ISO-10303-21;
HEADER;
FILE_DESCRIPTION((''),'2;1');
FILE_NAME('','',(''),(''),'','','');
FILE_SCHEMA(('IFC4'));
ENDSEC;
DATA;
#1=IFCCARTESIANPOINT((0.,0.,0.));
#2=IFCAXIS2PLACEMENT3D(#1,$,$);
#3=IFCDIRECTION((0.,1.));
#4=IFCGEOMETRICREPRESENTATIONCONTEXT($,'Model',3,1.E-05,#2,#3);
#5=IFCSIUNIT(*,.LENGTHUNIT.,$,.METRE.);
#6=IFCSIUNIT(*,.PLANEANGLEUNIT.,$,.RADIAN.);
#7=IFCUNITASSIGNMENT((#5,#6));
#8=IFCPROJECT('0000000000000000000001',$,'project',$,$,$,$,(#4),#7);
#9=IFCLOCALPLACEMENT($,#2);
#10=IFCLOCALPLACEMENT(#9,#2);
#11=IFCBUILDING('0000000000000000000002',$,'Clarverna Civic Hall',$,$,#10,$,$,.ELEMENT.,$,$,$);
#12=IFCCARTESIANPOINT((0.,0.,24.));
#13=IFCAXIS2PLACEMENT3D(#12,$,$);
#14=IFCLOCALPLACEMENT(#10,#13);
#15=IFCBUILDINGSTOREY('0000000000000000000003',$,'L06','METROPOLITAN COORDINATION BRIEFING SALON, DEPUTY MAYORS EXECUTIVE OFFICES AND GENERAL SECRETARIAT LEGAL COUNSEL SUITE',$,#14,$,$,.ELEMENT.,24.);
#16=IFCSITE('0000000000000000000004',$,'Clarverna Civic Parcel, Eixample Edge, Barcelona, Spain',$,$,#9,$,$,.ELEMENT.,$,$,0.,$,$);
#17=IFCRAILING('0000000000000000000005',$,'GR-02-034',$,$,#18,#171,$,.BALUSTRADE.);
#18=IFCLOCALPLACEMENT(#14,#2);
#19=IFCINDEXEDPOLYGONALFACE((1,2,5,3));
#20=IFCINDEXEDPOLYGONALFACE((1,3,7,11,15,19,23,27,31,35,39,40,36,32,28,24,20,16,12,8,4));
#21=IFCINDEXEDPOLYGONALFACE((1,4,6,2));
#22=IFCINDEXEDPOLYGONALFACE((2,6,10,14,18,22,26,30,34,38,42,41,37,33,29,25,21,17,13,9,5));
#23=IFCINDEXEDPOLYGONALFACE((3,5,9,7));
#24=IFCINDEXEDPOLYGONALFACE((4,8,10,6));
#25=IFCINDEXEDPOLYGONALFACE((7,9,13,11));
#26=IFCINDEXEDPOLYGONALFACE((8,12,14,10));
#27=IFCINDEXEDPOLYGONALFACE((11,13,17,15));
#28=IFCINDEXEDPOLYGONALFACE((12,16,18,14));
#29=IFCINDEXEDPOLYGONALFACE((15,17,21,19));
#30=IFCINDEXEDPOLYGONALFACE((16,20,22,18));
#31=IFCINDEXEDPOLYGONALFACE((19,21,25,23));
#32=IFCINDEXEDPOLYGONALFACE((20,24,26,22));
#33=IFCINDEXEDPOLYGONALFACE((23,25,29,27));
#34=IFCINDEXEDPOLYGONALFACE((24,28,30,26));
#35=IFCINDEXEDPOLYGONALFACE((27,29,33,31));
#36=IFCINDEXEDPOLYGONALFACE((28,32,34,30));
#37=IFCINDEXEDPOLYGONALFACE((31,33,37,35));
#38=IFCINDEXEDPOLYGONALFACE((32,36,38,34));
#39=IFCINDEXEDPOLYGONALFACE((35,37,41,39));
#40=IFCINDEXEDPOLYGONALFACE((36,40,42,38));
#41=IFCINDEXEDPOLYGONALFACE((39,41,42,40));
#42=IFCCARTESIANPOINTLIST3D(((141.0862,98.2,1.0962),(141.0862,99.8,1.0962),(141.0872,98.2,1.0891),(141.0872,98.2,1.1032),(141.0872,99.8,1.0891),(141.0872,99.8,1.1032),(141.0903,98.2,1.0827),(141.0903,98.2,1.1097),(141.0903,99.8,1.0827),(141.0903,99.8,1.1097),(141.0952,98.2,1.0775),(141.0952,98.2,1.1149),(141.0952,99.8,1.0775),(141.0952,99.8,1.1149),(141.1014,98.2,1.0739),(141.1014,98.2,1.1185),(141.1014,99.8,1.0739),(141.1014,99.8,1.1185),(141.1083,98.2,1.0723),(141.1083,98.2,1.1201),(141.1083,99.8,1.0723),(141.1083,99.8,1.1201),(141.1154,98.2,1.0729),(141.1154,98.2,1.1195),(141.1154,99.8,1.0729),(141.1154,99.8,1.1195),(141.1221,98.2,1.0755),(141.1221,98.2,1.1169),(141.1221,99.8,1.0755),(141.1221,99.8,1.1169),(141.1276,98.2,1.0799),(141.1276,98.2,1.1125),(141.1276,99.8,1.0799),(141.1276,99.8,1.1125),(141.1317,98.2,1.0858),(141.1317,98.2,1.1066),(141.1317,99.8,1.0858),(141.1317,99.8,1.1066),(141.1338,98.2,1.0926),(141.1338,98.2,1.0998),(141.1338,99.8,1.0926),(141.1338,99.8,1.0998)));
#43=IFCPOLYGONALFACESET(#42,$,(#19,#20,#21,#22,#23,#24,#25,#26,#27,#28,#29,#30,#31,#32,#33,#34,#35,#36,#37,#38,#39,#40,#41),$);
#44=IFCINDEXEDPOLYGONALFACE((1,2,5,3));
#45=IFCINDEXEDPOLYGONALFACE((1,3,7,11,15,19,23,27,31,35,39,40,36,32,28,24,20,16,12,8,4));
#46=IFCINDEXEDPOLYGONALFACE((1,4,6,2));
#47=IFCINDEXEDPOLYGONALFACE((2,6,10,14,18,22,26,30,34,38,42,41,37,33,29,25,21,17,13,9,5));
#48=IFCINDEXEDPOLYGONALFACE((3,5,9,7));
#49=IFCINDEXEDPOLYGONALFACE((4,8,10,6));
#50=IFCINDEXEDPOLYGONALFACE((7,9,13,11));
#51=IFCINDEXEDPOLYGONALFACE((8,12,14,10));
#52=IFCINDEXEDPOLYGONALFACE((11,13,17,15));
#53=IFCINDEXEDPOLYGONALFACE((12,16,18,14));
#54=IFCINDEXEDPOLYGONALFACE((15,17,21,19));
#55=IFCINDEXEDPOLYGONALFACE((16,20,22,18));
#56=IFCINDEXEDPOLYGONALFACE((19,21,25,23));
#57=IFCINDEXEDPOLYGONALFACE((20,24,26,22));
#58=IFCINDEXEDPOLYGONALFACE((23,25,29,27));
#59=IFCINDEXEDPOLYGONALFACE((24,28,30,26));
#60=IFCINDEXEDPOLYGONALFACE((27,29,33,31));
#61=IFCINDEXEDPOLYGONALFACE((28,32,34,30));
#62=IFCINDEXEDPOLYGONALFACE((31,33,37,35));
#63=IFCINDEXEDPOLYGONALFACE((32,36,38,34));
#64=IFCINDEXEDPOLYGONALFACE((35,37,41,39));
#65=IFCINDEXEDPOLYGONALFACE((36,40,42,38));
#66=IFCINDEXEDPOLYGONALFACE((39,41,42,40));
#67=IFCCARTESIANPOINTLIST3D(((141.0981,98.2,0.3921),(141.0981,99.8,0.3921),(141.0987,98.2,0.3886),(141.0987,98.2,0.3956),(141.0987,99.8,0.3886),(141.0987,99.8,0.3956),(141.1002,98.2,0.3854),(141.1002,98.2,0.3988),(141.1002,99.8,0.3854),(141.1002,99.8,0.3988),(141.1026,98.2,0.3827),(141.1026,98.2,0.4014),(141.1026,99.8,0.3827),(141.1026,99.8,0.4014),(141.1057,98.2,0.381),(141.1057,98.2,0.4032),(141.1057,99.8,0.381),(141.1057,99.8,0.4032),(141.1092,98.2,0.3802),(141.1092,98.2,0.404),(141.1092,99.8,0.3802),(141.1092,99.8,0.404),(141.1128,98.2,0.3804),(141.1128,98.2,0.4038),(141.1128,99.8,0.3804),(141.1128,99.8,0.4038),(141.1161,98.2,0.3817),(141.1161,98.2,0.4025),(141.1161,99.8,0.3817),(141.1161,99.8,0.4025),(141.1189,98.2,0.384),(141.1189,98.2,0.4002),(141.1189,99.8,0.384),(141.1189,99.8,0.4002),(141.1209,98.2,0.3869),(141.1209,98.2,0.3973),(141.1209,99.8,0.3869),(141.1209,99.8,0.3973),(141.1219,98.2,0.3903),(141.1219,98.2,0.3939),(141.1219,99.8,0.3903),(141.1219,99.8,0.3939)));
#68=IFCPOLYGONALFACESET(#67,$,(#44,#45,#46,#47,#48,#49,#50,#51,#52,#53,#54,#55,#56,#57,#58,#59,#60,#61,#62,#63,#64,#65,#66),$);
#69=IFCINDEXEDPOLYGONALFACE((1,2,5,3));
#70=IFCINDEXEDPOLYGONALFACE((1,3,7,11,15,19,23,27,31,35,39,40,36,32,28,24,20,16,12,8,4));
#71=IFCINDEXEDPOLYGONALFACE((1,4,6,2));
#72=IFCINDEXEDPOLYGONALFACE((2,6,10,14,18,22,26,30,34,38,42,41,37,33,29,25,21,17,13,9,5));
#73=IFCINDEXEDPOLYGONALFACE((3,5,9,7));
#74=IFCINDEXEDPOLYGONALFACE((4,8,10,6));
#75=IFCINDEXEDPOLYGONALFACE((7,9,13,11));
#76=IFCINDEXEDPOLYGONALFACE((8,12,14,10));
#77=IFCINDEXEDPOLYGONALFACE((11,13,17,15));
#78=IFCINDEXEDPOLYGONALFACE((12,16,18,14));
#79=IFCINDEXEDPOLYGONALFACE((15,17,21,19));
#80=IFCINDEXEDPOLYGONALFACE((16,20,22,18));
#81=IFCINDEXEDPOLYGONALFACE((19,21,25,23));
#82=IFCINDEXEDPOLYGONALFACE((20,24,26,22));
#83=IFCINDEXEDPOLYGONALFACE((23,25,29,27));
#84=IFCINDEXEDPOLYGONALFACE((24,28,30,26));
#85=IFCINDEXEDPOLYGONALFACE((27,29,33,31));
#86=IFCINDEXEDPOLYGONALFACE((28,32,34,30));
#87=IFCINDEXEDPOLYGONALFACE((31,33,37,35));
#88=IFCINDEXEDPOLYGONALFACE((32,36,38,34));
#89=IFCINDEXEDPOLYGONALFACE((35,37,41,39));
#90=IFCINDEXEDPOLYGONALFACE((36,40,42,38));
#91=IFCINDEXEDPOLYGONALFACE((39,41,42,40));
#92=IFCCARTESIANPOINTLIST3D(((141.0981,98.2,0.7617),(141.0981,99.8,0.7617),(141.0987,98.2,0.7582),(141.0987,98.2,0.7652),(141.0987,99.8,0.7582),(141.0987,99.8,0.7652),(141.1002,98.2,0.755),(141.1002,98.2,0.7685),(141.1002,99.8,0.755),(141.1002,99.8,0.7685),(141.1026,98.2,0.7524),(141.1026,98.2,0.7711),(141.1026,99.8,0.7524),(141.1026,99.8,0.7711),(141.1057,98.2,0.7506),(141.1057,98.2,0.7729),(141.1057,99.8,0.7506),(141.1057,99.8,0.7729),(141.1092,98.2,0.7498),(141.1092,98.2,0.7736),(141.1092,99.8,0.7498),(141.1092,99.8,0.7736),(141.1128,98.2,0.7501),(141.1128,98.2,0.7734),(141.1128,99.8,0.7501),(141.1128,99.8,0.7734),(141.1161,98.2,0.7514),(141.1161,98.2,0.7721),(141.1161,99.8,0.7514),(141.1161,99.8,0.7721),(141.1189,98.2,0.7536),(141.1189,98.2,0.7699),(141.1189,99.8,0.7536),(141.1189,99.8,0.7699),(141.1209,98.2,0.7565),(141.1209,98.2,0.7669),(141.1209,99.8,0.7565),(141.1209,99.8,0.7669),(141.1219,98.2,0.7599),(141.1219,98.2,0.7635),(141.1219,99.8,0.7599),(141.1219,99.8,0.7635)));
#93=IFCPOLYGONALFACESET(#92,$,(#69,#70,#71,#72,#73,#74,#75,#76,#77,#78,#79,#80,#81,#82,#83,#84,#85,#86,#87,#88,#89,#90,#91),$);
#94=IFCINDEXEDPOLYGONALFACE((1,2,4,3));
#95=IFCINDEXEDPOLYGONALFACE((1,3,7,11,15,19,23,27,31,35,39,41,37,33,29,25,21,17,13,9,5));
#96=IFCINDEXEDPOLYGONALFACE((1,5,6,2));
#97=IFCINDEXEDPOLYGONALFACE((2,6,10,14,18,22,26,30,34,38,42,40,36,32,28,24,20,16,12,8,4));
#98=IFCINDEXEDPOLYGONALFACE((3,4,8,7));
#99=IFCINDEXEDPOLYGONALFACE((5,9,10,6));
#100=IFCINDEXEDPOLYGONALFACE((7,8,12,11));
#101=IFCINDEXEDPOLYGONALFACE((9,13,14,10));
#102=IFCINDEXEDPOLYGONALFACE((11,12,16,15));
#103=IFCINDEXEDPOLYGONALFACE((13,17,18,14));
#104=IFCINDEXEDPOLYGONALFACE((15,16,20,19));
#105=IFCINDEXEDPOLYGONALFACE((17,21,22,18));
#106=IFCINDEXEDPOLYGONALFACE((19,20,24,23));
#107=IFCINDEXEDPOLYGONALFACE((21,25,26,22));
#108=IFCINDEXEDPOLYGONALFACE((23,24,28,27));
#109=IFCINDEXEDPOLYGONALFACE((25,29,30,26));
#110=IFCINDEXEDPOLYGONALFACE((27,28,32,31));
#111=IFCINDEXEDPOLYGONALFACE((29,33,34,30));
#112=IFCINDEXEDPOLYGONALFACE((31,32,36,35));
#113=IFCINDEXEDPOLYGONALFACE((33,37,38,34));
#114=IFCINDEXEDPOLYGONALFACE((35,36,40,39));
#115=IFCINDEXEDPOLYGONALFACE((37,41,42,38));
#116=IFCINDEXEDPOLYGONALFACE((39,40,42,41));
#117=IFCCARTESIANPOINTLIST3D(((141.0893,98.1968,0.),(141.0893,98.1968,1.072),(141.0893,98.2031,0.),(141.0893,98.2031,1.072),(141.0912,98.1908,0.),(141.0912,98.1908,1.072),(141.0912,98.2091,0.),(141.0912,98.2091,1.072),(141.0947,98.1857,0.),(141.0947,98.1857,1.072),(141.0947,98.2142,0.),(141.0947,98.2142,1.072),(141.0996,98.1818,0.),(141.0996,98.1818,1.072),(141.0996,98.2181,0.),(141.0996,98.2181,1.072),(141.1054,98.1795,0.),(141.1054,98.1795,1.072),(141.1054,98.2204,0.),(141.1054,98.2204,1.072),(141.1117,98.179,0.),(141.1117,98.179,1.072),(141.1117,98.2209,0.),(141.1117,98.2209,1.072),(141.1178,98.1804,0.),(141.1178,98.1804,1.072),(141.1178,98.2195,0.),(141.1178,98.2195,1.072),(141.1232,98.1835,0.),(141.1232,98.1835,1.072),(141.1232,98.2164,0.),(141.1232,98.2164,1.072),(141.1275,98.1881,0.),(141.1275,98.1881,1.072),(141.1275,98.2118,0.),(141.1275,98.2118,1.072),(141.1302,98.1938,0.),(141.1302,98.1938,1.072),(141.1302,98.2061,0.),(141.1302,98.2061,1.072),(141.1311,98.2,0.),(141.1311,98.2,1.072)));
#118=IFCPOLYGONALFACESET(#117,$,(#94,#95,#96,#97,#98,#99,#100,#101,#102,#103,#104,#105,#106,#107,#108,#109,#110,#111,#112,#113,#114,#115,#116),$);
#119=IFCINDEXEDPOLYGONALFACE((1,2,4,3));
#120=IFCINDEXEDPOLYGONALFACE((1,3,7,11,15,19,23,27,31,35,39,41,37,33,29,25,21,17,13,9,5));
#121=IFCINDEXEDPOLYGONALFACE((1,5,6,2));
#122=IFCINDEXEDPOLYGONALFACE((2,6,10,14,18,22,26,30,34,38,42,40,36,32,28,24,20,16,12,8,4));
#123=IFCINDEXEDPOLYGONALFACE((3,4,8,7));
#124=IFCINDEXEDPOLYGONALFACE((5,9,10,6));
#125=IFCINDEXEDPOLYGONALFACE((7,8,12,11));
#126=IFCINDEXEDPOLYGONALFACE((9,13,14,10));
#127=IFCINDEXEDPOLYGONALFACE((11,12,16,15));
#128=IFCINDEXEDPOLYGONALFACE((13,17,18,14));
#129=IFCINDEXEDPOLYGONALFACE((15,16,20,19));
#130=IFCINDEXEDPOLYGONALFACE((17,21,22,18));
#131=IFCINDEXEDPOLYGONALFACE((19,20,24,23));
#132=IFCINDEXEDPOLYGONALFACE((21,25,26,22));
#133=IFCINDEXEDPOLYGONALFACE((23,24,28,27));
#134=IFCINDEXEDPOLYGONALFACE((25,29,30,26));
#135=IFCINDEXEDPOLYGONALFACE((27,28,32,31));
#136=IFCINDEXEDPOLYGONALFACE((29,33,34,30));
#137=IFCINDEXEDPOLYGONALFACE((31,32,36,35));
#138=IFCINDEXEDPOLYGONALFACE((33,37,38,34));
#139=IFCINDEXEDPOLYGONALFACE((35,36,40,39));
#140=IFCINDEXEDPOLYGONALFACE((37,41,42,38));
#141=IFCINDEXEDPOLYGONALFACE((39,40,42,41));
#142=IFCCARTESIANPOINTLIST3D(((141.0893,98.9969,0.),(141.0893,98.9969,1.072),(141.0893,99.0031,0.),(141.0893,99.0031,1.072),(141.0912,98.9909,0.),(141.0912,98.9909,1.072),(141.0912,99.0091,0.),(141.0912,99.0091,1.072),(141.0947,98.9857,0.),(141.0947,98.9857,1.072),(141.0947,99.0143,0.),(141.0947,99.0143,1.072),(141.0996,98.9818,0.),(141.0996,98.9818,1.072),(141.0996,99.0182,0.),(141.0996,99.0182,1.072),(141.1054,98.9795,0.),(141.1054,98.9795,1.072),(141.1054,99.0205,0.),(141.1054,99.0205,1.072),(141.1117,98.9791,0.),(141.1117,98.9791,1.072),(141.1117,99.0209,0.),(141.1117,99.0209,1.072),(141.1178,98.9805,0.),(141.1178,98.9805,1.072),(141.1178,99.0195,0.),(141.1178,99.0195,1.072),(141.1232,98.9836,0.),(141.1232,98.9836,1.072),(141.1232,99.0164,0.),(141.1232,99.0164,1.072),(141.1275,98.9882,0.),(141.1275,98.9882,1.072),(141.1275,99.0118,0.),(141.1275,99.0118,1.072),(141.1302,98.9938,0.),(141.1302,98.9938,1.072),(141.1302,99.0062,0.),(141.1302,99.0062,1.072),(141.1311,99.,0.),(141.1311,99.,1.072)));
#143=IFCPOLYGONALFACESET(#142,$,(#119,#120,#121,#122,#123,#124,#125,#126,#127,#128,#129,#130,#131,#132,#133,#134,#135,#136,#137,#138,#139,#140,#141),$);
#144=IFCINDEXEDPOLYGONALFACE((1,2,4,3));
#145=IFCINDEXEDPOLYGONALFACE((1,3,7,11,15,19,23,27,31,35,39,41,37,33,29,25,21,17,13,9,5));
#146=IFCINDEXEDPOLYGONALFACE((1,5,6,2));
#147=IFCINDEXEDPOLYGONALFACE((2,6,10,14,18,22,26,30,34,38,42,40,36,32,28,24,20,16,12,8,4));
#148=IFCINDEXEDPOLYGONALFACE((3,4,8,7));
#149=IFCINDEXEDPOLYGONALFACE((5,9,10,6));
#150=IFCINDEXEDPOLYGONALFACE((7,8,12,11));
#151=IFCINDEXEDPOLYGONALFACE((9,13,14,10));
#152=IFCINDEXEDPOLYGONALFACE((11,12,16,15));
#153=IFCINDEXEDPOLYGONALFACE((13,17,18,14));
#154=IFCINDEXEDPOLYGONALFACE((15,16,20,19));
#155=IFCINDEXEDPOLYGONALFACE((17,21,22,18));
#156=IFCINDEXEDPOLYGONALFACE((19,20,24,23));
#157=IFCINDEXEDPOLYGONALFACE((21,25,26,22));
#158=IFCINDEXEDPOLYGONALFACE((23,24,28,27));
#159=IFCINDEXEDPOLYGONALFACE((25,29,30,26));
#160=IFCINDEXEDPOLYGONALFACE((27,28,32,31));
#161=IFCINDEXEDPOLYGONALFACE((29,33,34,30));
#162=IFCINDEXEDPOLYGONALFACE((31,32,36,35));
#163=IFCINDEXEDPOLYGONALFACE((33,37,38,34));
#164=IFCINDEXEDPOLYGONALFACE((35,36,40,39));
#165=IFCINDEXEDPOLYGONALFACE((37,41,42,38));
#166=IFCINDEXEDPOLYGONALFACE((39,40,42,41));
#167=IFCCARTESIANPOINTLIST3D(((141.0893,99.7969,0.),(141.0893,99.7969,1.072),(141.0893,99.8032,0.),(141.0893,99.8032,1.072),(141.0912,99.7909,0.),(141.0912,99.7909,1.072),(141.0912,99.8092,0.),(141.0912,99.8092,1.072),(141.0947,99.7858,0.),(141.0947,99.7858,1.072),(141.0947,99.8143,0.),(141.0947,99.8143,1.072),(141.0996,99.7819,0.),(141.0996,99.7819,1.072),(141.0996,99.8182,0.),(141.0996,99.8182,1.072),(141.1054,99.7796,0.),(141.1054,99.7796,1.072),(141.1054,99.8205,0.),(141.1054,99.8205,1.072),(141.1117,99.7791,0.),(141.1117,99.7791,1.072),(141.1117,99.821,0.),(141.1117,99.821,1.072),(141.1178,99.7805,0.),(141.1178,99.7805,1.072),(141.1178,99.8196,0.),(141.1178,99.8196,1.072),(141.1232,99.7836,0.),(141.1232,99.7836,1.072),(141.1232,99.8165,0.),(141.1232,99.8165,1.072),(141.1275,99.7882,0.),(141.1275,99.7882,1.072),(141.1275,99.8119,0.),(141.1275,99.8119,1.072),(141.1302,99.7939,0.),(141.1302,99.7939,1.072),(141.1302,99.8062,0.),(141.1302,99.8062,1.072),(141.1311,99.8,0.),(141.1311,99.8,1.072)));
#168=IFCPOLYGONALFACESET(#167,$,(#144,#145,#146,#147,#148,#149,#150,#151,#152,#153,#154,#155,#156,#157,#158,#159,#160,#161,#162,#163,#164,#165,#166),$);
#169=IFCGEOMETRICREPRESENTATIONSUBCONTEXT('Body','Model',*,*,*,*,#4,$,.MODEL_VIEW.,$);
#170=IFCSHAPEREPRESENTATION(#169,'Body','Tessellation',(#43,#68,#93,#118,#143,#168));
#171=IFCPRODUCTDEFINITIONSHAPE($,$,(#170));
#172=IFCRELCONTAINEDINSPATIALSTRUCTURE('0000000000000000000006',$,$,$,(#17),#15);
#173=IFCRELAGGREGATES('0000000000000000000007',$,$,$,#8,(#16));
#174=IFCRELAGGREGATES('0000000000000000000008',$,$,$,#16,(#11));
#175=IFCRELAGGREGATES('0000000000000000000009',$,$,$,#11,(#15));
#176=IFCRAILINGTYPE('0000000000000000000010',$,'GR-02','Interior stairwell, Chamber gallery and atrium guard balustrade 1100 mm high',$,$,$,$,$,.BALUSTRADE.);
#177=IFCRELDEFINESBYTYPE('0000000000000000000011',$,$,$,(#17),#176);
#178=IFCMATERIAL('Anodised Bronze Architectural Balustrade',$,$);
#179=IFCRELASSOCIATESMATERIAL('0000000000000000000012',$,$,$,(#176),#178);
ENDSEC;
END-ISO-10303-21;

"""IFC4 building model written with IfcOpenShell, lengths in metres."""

from ifc_helpers import new_model, si_unit, direction, frame, origin, origin_2d, place, context, subcontext, project, spatial, circle, extrude, material, type_object, element, save


model = new_model("IFC4")

# Units and contexts
model_context = context("Model", 3, precision=1e-05, world=origin(), true_north=direction((0.0, 1.0)))
body_context = subcontext(model_context, "Body", "Model", "MODEL_VIEW")
ifc_project = project(units=[si_unit("LENGTHUNIT", "METRE"), si_unit("PLANEANGLEUNIT", "RADIAN")], contexts=[model_context])

# Site, building, storey
site_placement = place(None, origin())
site = spatial("IfcSite", under=ifc_project, at=site_placement, Name="Clarverna Civic Parcel, Eixample Edge, Barcelona, Spain", CompositionType="ELEMENT", RefElevation=0.0)
building_placement = place(site_placement, origin())
building = spatial("IfcBuilding", under=site, at=building_placement, Name="Clarverna Civic Hall", CompositionType="ELEMENT")
storey_placement = place(building_placement, frame((0.0, 0.0, 24.0)))
storey = spatial("IfcBuildingStorey", under=building, at=storey_placement, Name="L06", Description="METROPOLITAN COORDINATION BRIEFING SALON, DEPUTY MAYORS EXECUTIVE OFFICES AND GENERAL SECRETARIAT LEGAL COUNSEL SUITE", CompositionType="ELEMENT", Elevation=24.0)

# Railing
ifc_material_1 = material(Name="Anodised Bronze Architectural Balustrade")
railing_type_1 = type_object("IfcRailingType", Name="GR-02", Description="Interior stairwell, Chamber gallery and atrium guard balustrade 1100 mm high", PredefinedType="BALUSTRADE", material=ifc_material_1)
railing_1_placement = place(storey_placement, frame((141.1101, 98.2, 0.0)))
element("IfcRailing", 1, at=railing_1_placement, inside=storey, type_object=railing_type_1, Name="GR-02-034", PredefinedType="BALUSTRADE", context=body_context, shape_type="SweptSolid", body=[
    extrude(circle(Radius=0.0239, at=origin_2d()), frame((0.0, 0.0, 1.0962), z_axis=(0.0, 1.0, 0.0), x_axis=(-1.0, 0.0, 0.0)), (0.0, 0.0, 1.0), 1.6001),
    extrude(circle(Radius=0.012, at=origin_2d()), frame((0.0, 0.0, 0.3921), z_axis=(0.0, 1.0, 0.0), x_axis=(-1.0, 0.0, 0.0)), (0.0, 0.0, 1.0), 1.6001),
    extrude(circle(Radius=0.012, at=origin_2d()), frame((0.0, 0.0, 0.7617), z_axis=(0.0, 1.0, 0.0), x_axis=(-1.0, 0.0, 0.0)), (0.0, 0.0, 1.0), 1.6001),
    extrude(circle(Radius=0.021, at=origin_2d()), origin(), (0.0, 0.0, 1.0), 1.072),
    extrude(circle(Radius=0.021, at=origin_2d()), frame((0.0, 0.8, 0.0)), (0.0, 0.0, 1.0), 1.072),
    extrude(circle(Radius=0.021, at=origin_2d()), frame((0.0, 1.6001, 0.0)), (0.0, 0.0, 1.0), 1.072),
])

save(model, "model.ifc")
